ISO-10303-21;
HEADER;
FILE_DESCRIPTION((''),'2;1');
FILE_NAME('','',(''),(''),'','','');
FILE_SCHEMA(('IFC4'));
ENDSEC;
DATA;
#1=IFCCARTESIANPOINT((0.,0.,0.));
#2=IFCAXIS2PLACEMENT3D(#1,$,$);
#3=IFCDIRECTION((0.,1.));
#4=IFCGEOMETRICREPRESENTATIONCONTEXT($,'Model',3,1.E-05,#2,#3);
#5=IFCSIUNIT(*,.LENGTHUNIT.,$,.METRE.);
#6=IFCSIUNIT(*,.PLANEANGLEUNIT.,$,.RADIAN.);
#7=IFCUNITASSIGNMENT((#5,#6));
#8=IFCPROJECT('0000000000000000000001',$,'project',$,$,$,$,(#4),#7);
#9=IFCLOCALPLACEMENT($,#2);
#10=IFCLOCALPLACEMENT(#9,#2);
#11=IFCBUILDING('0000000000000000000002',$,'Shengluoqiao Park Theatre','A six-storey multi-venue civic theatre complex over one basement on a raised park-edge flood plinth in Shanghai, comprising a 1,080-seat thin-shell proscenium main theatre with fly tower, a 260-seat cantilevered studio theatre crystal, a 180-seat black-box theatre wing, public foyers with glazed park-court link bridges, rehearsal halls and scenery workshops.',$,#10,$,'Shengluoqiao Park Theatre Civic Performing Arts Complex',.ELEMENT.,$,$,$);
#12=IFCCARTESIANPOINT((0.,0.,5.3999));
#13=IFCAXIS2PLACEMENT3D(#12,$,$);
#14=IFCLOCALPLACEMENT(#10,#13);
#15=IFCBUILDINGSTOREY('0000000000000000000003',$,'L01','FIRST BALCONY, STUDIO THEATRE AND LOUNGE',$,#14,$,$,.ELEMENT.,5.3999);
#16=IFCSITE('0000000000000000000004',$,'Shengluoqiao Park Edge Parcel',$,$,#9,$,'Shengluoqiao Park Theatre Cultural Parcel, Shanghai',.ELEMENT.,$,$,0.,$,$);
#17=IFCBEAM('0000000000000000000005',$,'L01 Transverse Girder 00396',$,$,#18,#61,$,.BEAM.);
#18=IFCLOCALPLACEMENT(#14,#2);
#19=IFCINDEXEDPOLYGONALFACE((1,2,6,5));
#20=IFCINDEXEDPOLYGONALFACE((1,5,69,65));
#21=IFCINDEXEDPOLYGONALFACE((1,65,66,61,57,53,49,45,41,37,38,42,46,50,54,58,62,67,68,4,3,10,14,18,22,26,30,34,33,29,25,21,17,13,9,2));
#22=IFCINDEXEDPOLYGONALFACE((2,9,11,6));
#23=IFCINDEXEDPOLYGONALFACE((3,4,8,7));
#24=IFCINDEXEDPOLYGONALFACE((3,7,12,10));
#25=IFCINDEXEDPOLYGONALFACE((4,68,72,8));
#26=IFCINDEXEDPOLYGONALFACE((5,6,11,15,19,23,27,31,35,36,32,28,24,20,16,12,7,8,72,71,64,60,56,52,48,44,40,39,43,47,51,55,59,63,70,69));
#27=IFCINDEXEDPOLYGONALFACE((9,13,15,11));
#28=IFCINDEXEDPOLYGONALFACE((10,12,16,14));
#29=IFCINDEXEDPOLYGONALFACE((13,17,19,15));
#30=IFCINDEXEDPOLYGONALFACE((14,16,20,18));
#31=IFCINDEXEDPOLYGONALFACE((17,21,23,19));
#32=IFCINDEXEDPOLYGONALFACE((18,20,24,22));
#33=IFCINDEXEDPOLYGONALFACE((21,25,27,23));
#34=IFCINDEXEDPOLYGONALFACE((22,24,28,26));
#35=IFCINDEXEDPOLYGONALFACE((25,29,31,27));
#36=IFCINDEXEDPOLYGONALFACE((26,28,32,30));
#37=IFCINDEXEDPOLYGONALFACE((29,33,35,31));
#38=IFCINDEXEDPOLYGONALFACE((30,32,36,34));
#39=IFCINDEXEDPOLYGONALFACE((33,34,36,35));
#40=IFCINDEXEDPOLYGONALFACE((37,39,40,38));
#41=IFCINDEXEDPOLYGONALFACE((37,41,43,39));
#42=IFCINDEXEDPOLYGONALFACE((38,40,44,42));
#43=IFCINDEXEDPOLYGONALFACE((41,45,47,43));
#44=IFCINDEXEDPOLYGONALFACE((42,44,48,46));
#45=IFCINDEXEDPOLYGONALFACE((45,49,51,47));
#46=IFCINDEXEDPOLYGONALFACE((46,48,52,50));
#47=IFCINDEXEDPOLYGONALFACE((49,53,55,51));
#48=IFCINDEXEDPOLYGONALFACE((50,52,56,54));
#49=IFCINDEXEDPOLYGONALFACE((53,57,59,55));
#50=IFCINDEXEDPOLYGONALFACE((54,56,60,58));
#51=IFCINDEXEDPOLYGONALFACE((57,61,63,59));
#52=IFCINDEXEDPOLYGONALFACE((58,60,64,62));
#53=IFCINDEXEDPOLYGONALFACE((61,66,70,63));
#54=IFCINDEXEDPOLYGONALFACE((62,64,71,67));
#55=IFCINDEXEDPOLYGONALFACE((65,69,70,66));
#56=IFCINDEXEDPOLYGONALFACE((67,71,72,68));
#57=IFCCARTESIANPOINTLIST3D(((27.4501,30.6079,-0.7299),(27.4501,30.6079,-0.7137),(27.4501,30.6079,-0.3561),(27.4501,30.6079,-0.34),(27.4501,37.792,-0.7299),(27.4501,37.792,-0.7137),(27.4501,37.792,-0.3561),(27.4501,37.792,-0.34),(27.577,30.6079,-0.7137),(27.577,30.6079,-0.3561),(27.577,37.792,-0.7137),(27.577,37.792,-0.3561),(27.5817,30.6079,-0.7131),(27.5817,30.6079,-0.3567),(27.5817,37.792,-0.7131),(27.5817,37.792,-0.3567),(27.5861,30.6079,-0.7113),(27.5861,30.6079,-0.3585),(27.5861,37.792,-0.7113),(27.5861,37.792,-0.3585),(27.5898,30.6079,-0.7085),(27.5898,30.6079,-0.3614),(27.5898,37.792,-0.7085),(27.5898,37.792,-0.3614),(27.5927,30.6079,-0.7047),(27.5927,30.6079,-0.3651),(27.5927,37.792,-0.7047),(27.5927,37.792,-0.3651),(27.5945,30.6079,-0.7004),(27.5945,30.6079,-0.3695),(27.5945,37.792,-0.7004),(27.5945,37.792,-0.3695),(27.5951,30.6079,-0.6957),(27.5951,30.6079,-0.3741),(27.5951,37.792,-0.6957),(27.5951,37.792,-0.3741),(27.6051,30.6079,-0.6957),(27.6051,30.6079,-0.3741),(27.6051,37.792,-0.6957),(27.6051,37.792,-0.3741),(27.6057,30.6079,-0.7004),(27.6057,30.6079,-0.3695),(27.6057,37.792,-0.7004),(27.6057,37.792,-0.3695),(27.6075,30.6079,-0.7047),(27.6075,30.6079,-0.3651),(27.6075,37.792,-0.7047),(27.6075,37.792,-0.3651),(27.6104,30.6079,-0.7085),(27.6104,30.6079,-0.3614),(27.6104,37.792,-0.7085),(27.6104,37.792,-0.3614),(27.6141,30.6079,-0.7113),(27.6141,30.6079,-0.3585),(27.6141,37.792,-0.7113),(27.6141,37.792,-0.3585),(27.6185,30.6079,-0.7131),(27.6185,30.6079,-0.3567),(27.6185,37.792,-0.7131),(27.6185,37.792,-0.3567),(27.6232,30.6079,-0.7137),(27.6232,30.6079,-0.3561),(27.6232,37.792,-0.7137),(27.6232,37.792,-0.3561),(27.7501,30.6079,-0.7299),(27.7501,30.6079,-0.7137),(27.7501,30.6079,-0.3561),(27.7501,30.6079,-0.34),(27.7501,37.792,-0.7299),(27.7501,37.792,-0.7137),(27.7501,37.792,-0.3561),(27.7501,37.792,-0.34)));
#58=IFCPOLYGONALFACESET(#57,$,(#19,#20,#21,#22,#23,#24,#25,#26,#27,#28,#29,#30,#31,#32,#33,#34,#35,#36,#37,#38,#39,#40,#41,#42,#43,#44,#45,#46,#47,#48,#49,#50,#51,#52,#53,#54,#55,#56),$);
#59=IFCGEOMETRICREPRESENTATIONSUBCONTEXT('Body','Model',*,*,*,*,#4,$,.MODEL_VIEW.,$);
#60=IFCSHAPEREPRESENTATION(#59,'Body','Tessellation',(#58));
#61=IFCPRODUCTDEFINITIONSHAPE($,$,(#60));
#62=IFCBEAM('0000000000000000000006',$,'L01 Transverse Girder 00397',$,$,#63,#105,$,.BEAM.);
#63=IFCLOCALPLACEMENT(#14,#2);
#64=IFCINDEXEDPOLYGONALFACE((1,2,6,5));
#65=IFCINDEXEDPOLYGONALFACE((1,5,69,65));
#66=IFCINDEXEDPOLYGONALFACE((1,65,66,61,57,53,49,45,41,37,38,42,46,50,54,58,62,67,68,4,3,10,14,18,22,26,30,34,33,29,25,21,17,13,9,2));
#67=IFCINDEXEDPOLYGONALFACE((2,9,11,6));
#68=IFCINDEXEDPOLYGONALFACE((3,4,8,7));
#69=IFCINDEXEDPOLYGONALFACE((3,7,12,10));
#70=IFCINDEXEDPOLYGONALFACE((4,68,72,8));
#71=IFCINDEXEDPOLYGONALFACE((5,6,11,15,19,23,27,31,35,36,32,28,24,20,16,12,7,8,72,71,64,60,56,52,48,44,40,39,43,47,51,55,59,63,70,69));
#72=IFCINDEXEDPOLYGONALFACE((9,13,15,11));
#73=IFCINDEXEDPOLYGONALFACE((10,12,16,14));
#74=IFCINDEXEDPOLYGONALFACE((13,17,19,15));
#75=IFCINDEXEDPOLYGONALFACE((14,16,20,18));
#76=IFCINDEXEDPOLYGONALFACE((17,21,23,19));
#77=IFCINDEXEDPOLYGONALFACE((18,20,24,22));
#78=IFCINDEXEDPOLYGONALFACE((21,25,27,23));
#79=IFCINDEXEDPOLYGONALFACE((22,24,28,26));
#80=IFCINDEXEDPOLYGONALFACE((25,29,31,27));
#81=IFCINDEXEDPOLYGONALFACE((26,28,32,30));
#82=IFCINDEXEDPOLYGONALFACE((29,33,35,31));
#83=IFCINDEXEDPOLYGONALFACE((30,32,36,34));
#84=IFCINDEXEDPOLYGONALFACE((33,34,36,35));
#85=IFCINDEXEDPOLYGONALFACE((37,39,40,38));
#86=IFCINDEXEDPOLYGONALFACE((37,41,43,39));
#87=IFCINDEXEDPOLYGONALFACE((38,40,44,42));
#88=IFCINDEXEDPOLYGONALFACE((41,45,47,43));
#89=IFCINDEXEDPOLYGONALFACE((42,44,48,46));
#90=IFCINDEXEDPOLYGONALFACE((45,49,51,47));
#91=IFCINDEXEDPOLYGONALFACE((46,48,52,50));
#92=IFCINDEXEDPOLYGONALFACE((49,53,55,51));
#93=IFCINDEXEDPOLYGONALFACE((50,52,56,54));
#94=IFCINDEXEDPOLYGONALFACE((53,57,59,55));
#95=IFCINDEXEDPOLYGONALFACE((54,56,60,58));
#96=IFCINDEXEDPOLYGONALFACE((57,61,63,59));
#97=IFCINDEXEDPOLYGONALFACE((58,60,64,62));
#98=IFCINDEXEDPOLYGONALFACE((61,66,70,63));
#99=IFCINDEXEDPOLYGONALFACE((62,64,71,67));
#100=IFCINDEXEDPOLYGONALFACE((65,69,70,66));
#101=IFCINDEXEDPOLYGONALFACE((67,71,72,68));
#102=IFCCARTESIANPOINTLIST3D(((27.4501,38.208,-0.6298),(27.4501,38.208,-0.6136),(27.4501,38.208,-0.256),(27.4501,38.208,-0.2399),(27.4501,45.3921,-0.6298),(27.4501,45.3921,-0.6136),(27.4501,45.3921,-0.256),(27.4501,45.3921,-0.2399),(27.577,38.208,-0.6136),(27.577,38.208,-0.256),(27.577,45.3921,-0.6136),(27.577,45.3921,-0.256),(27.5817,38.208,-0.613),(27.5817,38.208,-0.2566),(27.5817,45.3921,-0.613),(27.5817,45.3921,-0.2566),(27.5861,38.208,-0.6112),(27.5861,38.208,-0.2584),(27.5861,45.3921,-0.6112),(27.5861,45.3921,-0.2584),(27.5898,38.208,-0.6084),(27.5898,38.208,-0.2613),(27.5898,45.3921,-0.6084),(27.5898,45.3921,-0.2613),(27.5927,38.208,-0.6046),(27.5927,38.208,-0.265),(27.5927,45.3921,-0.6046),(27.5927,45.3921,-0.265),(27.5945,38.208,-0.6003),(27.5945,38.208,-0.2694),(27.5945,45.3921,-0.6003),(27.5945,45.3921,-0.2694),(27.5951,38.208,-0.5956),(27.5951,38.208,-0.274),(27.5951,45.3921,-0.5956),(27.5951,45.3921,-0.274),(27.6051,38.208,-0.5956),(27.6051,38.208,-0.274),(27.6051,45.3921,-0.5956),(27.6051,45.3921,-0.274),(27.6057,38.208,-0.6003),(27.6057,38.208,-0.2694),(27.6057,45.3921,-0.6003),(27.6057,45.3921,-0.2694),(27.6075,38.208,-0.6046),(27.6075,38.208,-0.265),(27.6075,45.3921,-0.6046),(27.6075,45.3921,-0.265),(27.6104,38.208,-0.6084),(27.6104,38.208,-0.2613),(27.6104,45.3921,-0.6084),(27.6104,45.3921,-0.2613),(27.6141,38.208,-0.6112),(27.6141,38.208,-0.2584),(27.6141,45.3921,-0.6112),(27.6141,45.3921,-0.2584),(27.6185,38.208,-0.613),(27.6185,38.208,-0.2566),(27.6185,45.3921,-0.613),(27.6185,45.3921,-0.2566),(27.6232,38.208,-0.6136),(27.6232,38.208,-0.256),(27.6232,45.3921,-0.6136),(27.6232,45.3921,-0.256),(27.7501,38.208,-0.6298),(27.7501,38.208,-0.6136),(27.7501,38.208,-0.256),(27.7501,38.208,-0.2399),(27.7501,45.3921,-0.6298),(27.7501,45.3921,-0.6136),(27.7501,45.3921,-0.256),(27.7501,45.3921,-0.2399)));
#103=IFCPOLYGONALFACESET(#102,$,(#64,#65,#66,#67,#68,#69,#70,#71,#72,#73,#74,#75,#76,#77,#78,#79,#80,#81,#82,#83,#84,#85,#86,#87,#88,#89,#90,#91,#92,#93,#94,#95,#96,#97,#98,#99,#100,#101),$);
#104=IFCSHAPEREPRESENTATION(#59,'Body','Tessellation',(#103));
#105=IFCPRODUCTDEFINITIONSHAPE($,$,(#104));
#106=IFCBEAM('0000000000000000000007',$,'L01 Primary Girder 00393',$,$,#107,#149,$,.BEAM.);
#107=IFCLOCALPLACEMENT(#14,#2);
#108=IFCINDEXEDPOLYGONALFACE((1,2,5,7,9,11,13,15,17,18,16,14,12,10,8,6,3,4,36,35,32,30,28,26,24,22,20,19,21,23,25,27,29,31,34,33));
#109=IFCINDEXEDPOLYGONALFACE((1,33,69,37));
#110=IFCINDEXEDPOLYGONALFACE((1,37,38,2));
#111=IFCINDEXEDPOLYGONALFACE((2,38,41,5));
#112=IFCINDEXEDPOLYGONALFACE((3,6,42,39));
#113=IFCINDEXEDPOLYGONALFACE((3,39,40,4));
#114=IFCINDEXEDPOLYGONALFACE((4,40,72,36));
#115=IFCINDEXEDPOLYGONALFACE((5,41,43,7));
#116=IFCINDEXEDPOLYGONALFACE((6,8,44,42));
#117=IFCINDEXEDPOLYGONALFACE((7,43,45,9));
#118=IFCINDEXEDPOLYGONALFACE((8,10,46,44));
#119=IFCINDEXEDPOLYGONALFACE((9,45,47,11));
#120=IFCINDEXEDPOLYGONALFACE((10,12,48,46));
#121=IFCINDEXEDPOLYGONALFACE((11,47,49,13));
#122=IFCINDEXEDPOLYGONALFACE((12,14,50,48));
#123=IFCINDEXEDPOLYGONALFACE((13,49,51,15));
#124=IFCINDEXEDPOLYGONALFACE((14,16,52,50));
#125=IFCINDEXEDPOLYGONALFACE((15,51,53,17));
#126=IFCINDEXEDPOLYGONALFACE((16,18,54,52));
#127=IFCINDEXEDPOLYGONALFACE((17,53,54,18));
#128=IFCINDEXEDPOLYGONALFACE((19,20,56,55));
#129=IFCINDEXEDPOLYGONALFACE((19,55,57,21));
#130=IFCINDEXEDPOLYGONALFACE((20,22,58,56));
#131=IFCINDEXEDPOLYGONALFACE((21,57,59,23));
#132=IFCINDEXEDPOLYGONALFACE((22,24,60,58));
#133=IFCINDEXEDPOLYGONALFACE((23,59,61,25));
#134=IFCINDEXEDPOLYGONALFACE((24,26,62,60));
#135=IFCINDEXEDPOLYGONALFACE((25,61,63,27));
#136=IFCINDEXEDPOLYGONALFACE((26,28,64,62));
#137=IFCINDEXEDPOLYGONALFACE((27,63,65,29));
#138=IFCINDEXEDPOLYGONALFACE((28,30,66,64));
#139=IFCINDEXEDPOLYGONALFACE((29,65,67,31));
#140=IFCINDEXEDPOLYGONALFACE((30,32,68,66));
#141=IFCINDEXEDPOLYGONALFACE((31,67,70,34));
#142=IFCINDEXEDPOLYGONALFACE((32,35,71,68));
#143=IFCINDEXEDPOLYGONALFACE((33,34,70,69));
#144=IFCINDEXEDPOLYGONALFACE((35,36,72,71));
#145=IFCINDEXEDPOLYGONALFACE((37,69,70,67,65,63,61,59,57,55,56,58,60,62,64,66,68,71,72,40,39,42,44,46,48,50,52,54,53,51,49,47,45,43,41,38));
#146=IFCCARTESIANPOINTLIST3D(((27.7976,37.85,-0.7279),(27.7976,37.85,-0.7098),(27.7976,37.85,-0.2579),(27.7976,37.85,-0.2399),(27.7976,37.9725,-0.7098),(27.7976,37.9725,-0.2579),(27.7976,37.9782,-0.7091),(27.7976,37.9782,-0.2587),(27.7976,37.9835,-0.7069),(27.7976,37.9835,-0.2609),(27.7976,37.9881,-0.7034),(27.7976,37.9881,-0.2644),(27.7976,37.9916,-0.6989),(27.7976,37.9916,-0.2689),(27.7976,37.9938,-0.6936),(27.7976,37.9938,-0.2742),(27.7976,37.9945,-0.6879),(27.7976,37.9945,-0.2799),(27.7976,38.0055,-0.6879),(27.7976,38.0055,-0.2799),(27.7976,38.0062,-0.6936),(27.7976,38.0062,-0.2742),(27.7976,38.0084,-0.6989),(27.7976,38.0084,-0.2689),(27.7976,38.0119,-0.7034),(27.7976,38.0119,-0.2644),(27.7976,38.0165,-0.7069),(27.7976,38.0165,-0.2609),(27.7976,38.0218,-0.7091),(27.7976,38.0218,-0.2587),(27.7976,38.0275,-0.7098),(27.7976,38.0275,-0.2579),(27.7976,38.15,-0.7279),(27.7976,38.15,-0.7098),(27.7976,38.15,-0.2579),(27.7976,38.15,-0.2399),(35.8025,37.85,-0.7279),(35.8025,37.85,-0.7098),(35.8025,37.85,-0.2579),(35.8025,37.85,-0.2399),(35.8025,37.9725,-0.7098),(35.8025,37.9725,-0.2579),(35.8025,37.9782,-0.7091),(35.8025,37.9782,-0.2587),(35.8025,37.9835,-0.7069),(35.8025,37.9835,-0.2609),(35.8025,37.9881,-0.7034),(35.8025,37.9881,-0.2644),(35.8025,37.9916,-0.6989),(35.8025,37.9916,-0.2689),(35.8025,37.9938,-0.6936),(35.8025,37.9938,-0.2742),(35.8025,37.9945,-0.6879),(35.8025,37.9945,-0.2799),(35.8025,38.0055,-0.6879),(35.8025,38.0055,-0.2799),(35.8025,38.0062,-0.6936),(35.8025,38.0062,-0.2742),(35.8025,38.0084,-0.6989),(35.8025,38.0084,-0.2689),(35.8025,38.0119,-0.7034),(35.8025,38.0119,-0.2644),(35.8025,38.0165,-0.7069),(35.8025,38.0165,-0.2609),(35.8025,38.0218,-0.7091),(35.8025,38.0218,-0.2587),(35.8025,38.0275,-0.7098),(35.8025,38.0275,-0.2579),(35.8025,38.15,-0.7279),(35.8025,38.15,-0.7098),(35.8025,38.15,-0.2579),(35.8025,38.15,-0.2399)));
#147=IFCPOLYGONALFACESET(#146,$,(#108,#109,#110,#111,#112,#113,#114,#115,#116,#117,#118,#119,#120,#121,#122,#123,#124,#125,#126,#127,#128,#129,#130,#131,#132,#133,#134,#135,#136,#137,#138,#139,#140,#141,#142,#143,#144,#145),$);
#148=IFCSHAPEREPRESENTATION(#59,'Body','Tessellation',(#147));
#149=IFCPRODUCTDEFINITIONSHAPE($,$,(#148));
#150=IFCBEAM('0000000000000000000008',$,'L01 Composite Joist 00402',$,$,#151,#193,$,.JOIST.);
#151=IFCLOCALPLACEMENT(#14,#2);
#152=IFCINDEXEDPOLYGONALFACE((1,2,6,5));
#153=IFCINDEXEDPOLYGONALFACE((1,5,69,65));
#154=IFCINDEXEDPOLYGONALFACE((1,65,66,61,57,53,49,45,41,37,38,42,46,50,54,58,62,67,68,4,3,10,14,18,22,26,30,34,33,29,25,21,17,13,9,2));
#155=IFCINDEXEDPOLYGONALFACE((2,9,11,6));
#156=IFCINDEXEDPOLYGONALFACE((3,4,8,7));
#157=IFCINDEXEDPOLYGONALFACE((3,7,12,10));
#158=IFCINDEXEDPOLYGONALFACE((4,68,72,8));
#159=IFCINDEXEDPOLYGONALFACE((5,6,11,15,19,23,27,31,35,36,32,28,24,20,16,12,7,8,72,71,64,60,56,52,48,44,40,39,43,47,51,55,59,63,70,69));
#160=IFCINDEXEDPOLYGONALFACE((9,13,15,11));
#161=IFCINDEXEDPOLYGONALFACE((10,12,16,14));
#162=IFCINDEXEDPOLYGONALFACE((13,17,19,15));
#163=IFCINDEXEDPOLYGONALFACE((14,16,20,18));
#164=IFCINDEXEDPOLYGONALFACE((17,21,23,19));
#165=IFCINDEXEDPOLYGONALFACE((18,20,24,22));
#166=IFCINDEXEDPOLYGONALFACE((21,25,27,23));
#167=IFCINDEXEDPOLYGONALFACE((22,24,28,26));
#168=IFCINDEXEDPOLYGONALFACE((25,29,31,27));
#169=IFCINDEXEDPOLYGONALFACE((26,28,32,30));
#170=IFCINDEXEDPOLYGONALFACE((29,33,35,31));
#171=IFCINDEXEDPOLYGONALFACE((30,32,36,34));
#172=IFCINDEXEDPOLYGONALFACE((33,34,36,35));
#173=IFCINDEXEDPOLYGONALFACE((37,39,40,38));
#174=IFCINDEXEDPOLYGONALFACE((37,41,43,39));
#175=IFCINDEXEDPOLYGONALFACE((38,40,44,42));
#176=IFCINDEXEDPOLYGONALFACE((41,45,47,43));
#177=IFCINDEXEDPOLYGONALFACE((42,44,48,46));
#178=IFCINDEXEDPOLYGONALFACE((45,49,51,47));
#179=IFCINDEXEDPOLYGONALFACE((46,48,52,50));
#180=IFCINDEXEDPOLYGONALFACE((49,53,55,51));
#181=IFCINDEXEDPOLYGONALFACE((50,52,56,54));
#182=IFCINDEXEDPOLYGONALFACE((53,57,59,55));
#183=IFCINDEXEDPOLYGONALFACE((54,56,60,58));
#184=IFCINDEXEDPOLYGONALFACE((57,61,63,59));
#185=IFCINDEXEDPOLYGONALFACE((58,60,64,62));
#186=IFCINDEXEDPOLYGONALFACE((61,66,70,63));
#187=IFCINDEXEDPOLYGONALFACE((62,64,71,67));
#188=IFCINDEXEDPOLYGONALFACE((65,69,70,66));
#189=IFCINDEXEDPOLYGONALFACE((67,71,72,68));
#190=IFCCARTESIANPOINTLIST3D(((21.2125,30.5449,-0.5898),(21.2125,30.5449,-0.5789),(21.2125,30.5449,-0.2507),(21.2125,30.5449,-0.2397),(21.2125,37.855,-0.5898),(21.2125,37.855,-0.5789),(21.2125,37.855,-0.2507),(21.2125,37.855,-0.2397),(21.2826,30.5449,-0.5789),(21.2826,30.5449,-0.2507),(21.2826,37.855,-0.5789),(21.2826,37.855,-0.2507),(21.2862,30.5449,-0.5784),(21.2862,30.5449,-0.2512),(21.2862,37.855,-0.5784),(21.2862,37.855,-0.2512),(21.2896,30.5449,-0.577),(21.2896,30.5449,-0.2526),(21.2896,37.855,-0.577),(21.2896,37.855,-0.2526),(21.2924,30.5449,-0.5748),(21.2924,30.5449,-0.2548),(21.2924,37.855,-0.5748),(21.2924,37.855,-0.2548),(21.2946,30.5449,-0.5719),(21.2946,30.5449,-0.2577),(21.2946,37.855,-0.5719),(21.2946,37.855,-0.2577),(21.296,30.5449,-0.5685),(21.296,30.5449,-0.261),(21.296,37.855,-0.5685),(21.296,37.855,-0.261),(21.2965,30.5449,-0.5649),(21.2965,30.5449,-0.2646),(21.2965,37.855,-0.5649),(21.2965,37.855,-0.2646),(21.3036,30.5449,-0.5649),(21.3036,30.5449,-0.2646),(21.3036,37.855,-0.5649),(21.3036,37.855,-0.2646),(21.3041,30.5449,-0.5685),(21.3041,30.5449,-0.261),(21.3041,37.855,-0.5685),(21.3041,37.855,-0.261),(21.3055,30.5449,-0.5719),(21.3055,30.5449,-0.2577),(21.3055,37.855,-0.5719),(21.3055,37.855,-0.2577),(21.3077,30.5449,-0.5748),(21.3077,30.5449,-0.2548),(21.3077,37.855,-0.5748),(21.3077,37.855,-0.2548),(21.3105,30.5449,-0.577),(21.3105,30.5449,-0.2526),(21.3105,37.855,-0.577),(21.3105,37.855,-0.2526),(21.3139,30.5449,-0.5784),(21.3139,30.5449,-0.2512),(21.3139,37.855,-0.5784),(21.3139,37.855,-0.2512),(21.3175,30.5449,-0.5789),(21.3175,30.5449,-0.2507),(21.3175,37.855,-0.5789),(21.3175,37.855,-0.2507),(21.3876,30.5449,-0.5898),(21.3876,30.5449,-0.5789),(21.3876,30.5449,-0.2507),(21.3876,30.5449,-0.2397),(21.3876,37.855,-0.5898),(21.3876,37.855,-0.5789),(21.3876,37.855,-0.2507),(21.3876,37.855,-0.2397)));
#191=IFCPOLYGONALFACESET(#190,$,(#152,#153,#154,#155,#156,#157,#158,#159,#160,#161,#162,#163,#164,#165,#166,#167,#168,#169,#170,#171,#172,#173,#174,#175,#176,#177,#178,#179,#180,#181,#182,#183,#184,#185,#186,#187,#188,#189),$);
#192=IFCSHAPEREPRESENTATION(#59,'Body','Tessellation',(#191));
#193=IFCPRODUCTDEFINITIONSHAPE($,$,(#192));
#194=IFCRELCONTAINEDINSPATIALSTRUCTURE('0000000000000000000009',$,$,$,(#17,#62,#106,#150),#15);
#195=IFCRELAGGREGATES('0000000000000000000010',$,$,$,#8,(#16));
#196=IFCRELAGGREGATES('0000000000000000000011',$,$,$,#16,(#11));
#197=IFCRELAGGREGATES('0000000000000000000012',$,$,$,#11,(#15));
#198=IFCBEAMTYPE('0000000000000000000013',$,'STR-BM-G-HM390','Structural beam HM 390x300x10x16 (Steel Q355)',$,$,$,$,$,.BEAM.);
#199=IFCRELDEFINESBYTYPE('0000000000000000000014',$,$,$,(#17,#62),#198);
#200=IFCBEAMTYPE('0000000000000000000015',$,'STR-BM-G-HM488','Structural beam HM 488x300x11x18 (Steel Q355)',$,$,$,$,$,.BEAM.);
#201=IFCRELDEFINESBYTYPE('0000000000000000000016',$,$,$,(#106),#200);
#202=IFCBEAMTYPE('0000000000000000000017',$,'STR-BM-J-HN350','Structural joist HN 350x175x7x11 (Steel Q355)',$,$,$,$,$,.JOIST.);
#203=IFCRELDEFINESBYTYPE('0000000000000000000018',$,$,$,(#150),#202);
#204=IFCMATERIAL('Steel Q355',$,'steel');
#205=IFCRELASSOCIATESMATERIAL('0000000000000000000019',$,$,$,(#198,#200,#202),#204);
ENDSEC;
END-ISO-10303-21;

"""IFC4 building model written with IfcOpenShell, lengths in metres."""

from ifc_helpers import new_model, si_unit, direction, frame, origin, origin_2d, place, context, subcontext, project, spatial, i_section, extrude, material, material_profile, profile_set, type_object, element, save


model = new_model("IFC4")

# Units and contexts
model_context = context("Model", 3, precision=1e-05, world=origin(), true_north=direction((0.0, 1.0)))
body_context = subcontext(model_context, "Body", "Model", "MODEL_VIEW")
ifc_project = project(units=[si_unit("LENGTHUNIT", "METRE"), si_unit("PLANEANGLEUNIT", "RADIAN")], contexts=[model_context])

# Site, building, storey
site_placement = place(None, origin())
site = spatial("IfcSite", under=ifc_project, at=site_placement, Name="Shengluoqiao Park Edge Parcel", LongName="Shengluoqiao Park Theatre Cultural Parcel, Shanghai", CompositionType="ELEMENT", RefElevation=0.0)
building_placement = place(site_placement, origin())
building = spatial("IfcBuilding", under=site, at=building_placement, Name="Shengluoqiao Park Theatre", Description="A six-storey multi-venue civic theatre complex over one basement on a raised park-edge flood plinth in Shanghai, comprising a 1,080-seat thin-shell proscenium main theatre with fly tower, a 260-seat cantilevered studio theatre crystal, a 180-seat black-box theatre wing, public foyers with glazed park-court link bridges, rehearsal halls and scenery workshops.", LongName="Shengluoqiao Park Theatre Civic Performing Arts Complex", CompositionType="ELEMENT")
storey_placement = place(building_placement, frame((0.0, 0.0, 5.3999)))
storey = spatial("IfcBuildingStorey", under=building, at=storey_placement, Name="L01", Description="FIRST BALCONY, STUDIO THEATRE AND LOUNGE", CompositionType="ELEMENT", Elevation=5.3999)

# Shared definitions
ifc_material_1 = material(Name="Steel Q355", Category="steel")

# Beams
ifc_material_profile_1 = material_profile(ifc_material_1, i_section(OverallWidth=0.3, OverallDepth=0.3899, WebThickness=0.01, FlangeThickness=0.0161, FilletRadius=0.0181, at=origin_2d()), Name="HM 390x300x10x16")
ifc_profile_set_1 = profile_set([ifc_material_profile_1], Name="Steel Q355")
beam_type_1 = type_object("IfcBeamType", Name="STR-BM-G-HM390", Description="Structural beam HM 390x300x10x16 (Steel Q355)", PredefinedType="BEAM", material=ifc_profile_set_1)
for number, where, z_axis, x_axis, name in (
    (1, (27.6001, 30.6079, -0.5349), (0.0, 1.0, 0.0), (-1.0, 0.0, 0.0), "L01 Transverse Girder 00396"),
    (2, (27.6001, 38.208, -0.4348), (0.0, 1.0, 0.0), (-1.0, 0.0, 0.0), "L01 Transverse Girder 00397"),
):
    element("IfcBeam", number, at=place(storey_placement, frame(where, z_axis=z_axis, x_axis=x_axis)), inside=storey, type_object=beam_type_1, Name=name, PredefinedType="BEAM", context=body_context, shape_type="SweptSolid", body=[
        extrude(i_section(OverallWidth=0.3, OverallDepth=0.3899, WebThickness=0.01, FlangeThickness=0.0161, FilletRadius=0.0181, at=origin_2d()), origin(), (0.0, 0.0, 1.0), 7.1841),
    ])
ifc_material_profile_2 = material_profile(ifc_material_1, i_section(OverallWidth=0.3, OverallDepth=0.488, WebThickness=0.011, FlangeThickness=0.0181, FilletRadius=0.022, at=origin_2d()), Name="HM 488x300x11x18")
ifc_profile_set_2 = profile_set([ifc_material_profile_2], Name="Steel Q355")
beam_type_2 = type_object("IfcBeamType", Name="STR-BM-G-HM488", Description="Structural beam HM 488x300x11x18 (Steel Q355)", PredefinedType="BEAM", material=ifc_profile_set_2)
beam_placement = place(storey_placement, frame((27.7976, 38.0, -0.4839), z_axis=(1.0, 0.0, 0.0), x_axis=(0.0, 1.0, 0.0)))
element("IfcBeam", 3, at=beam_placement, inside=storey, type_object=beam_type_2, Name="L01 Primary Girder 00393", PredefinedType="BEAM", context=body_context, shape_type="SweptSolid", body=[
    extrude(i_section(OverallWidth=0.3, OverallDepth=0.488, WebThickness=0.011, FlangeThickness=0.0181, FilletRadius=0.022, at=origin_2d()), origin(), (0.0, 0.0, 1.0), 8.0049),
])
ifc_material_profile_3 = material_profile(ifc_material_1, i_section(OverallWidth=0.175, OverallDepth=0.3501, WebThickness=0.0071, FlangeThickness=0.011, FilletRadius=0.0139, at=origin_2d()), Name="HN 350x175x7x11")
ifc_profile_set_3 = profile_set([ifc_material_profile_3], Name="Steel Q355")
beam_type_3 = type_object("IfcBeamType", Name="STR-BM-J-HN350", Description="Structural joist HN 350x175x7x11 (Steel Q355)", PredefinedType="JOIST", material=ifc_profile_set_3)
for number, where, z_axis, x_axis, name in (
    (4, (21.3, 30.5449, -0.4148), (0.0, 1.0, 0.0), (-1.0, 0.0, 0.0), "L01 Composite Joist 00402"),
):
    element("IfcBeam", number, at=place(storey_placement, frame(where, z_axis=z_axis, x_axis=x_axis)), inside=storey, type_object=beam_type_3, Name=name, PredefinedType="JOIST", context=body_context, shape_type="SweptSolid", body=[
        extrude(i_section(OverallWidth=0.175, OverallDepth=0.3501, WebThickness=0.0071, FlangeThickness=0.011, FilletRadius=0.0139, at=origin_2d()), origin(), (0.0, 0.0, 1.0), 7.3101),
    ])

save(model, "model.ifc")
